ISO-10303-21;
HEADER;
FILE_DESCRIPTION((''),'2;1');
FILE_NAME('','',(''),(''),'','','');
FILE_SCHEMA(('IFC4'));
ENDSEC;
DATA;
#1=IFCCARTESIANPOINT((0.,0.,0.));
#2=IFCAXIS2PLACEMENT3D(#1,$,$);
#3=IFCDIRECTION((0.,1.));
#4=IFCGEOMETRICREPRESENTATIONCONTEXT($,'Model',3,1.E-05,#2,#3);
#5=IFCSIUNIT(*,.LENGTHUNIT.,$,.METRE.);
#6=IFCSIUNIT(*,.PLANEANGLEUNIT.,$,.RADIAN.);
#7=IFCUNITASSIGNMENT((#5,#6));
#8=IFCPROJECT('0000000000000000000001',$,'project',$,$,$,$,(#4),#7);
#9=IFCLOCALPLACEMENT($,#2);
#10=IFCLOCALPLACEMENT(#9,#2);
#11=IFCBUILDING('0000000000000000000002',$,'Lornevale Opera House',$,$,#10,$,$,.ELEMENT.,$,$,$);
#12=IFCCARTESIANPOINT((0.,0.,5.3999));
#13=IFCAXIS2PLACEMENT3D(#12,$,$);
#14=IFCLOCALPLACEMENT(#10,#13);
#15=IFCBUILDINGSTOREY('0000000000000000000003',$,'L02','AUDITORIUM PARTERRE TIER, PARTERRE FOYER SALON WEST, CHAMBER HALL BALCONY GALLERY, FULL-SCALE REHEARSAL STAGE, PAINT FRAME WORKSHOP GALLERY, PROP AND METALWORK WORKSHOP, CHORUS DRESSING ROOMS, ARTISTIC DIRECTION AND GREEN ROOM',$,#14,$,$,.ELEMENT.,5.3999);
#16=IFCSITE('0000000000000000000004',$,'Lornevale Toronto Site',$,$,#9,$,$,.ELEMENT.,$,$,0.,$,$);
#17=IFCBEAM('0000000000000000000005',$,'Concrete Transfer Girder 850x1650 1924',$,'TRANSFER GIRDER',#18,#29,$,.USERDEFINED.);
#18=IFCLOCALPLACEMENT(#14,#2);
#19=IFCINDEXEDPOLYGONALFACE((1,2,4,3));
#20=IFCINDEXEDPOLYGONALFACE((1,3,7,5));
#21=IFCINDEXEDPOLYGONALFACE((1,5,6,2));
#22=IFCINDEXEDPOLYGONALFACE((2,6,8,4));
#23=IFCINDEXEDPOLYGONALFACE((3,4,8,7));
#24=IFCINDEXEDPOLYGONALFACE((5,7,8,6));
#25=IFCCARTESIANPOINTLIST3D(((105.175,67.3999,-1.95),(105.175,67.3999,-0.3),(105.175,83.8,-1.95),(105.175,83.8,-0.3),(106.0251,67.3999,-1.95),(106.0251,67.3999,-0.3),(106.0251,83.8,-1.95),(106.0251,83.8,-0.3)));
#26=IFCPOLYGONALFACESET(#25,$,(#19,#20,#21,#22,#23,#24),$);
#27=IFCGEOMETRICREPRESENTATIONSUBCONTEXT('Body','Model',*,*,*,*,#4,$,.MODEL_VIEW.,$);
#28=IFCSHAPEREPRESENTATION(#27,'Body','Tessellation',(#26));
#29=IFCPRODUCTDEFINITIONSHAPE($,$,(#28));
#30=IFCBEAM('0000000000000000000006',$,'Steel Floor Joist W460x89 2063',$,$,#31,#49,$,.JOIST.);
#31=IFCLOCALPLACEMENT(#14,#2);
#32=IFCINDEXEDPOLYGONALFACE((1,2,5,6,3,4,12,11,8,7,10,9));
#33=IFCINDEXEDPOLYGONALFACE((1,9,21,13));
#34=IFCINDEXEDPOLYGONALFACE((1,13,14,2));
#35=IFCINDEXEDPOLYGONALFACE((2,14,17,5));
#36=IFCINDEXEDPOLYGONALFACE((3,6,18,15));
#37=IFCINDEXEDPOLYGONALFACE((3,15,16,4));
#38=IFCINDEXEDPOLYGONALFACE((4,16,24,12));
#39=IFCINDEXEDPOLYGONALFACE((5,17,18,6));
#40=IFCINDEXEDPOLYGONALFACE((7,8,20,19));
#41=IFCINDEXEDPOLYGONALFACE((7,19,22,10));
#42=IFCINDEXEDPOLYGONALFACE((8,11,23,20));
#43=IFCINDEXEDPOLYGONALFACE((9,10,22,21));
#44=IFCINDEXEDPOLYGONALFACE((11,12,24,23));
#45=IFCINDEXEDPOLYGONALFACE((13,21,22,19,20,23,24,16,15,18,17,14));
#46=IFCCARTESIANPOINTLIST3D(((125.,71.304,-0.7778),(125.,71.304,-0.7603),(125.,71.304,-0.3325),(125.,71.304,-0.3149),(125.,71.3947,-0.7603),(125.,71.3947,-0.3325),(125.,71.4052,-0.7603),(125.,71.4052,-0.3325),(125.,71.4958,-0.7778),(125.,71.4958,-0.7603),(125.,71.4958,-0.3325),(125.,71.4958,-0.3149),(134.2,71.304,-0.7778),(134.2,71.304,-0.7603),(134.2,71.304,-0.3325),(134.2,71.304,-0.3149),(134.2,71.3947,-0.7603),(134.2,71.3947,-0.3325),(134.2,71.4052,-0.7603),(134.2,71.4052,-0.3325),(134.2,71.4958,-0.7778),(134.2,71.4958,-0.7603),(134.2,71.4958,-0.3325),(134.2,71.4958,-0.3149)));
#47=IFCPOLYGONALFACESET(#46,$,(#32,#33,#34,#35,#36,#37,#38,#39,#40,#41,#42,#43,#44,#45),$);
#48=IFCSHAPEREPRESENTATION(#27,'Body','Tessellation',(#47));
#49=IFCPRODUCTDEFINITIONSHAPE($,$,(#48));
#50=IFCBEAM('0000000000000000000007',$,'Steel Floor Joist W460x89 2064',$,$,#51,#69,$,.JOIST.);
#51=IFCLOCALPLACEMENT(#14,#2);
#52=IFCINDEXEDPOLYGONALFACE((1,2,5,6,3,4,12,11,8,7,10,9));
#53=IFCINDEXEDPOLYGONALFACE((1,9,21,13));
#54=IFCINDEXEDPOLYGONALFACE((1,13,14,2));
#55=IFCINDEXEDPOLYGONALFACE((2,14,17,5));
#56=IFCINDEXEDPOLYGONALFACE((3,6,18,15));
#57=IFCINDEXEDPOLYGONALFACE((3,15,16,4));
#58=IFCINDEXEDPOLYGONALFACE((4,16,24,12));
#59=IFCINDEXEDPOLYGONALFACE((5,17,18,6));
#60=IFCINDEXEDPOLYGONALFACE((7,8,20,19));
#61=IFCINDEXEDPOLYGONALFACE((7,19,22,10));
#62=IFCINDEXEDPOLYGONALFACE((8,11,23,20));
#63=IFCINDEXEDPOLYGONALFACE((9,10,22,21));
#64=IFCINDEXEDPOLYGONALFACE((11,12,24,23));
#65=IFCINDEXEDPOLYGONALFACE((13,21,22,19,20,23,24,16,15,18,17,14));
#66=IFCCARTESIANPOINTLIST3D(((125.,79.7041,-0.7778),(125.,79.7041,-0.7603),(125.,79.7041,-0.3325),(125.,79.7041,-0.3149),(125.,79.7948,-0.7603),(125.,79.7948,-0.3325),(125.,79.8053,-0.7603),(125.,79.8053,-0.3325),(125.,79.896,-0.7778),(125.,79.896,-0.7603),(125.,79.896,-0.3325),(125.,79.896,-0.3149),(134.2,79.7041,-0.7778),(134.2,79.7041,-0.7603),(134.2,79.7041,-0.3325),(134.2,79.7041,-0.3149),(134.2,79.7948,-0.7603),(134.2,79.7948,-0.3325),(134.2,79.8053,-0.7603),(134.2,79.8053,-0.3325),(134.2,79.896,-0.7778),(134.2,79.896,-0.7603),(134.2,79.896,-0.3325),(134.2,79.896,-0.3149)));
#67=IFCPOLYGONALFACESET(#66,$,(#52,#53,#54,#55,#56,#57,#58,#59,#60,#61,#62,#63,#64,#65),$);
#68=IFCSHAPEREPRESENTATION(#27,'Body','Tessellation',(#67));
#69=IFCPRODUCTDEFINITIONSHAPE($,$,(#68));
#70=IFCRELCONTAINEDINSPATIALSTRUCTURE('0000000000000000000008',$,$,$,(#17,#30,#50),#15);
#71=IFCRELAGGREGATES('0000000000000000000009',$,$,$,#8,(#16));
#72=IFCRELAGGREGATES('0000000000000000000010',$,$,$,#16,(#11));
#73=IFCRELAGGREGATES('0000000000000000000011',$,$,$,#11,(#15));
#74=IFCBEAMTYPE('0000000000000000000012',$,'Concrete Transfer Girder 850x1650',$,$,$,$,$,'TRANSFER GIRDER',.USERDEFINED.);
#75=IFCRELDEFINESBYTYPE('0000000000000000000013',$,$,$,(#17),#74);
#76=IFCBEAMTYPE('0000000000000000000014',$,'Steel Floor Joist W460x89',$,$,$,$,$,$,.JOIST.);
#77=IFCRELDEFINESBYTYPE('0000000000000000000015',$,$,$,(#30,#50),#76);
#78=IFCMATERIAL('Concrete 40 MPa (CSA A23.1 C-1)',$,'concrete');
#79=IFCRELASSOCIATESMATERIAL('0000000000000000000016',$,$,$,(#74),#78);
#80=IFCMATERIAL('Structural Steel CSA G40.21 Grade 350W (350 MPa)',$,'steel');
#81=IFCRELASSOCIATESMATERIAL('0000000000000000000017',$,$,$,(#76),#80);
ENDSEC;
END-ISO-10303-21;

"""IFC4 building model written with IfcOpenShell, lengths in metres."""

from ifc_helpers import new_model, si_unit, direction, frame, origin, origin_2d, place, context, subcontext, project, spatial, rectangle, i_section, extrude, material, material_profile, profile_set, type_object, element, save


model = new_model("IFC4")

# Units and contexts
model_context = context("Model", 3, precision=1e-05, world=origin(), true_north=direction((0.0, 1.0)))
body_context = subcontext(model_context, "Body", "Model", "MODEL_VIEW")
ifc_project = project(units=[si_unit("LENGTHUNIT", "METRE"), si_unit("PLANEANGLEUNIT", "RADIAN")], contexts=[model_context])

# Site, building, storey
site_placement = place(None, origin())
site = spatial("IfcSite", under=ifc_project, at=site_placement, Name="Lornevale Toronto Site", CompositionType="ELEMENT", RefElevation=0.0)
building_placement = place(site_placement, origin())
building = spatial("IfcBuilding", under=site, at=building_placement, Name="Lornevale Opera House", CompositionType="ELEMENT")
storey_placement = place(building_placement, frame((0.0, 0.0, 5.3999)))
storey = spatial("IfcBuildingStorey", under=building, at=storey_placement, Name="L02", Description="AUDITORIUM PARTERRE TIER, PARTERRE FOYER SALON WEST, CHAMBER HALL BALCONY GALLERY, FULL-SCALE REHEARSAL STAGE, PAINT FRAME WORKSHOP GALLERY, PROP AND METALWORK WORKSHOP, CHORUS DRESSING ROOMS, ARTISTIC DIRECTION AND GREEN ROOM", CompositionType="ELEMENT", Elevation=5.3999)

# Shared definitions
ifc_material_1 = material(Name="Concrete 40 MPa (CSA A23.1 C-1)", Category="concrete")

# Beams
ifc_material_profile_1 = material_profile(ifc_material_1, rectangle(XDim=0.8501, YDim=1.6499, at=origin_2d()), Name="RC850x1650")
ifc_profile_set_1 = profile_set([ifc_material_profile_1], Name="Concrete 40 MPa (CSA A23.1 C-1)")
beam_type_1 = type_object("IfcBeamType", Name="Concrete Transfer Girder 850x1650", ElementType="TRANSFER GIRDER", PredefinedType="USERDEFINED", material=ifc_profile_set_1)
beam_1_placement = place(storey_placement, frame((105.6001, 67.3999, -1.125), z_axis=(0.0, 1.0, 0.0), x_axis=(-1.0, 0.0, 0.0)))
element("IfcBeam", 1, at=beam_1_placement, inside=storey, type_object=beam_type_1, Name="Concrete Transfer Girder 850x1650 1924", ObjectType="TRANSFER GIRDER", PredefinedType="USERDEFINED", context=body_context, shape_type="SweptSolid", body=[
    extrude(rectangle(XDim=0.8501, YDim=1.6499, at=origin_2d()), origin(), (0.0, 0.0, 1.0), 16.4001),
])
ifc_material_2 = material(Name="Structural Steel CSA G40.21 Grade 350W (350 MPa)", Category="steel")
ifc_material_profile_2 = material_profile(ifc_material_2, i_section(OverallWidth=0.1919, OverallDepth=0.4629, WebThickness=0.0105, FlangeThickness=0.0176, at=origin_2d()), Name="W460x89")
ifc_profile_set_2 = profile_set([ifc_material_profile_2], Name="Structural Steel CSA G40.21 Grade 350W (350 MPa)")
beam_type_2 = type_object("IfcBeamType", Name="Steel Floor Joist W460x89", PredefinedType="JOIST", material=ifc_profile_set_2)
for number, where, z_axis, x_axis, name in (
    (2, (125.0, 71.3999, -0.5464), (1.0, 0.0, 0.0), (0.0, 1.0, 0.0), "Steel Floor Joist W460x89 2063"),
    (3, (125.0, 79.8, -0.5464), (1.0, 0.0, 0.0), (0.0, 1.0, 0.0), "Steel Floor Joist W460x89 2064"),
):
    element("IfcBeam", number, at=place(storey_placement, frame(where, z_axis=z_axis, x_axis=x_axis)), inside=storey, type_object=beam_type_2, Name=name, PredefinedType="JOIST", context=body_context, shape_type="SweptSolid", body=[
        extrude(i_section(OverallWidth=0.1919, OverallDepth=0.4629, WebThickness=0.0105, FlangeThickness=0.0176, at=origin_2d()), origin(), (0.0, 0.0, 1.0), 9.2),
    ])

save(model, "model.ifc")
